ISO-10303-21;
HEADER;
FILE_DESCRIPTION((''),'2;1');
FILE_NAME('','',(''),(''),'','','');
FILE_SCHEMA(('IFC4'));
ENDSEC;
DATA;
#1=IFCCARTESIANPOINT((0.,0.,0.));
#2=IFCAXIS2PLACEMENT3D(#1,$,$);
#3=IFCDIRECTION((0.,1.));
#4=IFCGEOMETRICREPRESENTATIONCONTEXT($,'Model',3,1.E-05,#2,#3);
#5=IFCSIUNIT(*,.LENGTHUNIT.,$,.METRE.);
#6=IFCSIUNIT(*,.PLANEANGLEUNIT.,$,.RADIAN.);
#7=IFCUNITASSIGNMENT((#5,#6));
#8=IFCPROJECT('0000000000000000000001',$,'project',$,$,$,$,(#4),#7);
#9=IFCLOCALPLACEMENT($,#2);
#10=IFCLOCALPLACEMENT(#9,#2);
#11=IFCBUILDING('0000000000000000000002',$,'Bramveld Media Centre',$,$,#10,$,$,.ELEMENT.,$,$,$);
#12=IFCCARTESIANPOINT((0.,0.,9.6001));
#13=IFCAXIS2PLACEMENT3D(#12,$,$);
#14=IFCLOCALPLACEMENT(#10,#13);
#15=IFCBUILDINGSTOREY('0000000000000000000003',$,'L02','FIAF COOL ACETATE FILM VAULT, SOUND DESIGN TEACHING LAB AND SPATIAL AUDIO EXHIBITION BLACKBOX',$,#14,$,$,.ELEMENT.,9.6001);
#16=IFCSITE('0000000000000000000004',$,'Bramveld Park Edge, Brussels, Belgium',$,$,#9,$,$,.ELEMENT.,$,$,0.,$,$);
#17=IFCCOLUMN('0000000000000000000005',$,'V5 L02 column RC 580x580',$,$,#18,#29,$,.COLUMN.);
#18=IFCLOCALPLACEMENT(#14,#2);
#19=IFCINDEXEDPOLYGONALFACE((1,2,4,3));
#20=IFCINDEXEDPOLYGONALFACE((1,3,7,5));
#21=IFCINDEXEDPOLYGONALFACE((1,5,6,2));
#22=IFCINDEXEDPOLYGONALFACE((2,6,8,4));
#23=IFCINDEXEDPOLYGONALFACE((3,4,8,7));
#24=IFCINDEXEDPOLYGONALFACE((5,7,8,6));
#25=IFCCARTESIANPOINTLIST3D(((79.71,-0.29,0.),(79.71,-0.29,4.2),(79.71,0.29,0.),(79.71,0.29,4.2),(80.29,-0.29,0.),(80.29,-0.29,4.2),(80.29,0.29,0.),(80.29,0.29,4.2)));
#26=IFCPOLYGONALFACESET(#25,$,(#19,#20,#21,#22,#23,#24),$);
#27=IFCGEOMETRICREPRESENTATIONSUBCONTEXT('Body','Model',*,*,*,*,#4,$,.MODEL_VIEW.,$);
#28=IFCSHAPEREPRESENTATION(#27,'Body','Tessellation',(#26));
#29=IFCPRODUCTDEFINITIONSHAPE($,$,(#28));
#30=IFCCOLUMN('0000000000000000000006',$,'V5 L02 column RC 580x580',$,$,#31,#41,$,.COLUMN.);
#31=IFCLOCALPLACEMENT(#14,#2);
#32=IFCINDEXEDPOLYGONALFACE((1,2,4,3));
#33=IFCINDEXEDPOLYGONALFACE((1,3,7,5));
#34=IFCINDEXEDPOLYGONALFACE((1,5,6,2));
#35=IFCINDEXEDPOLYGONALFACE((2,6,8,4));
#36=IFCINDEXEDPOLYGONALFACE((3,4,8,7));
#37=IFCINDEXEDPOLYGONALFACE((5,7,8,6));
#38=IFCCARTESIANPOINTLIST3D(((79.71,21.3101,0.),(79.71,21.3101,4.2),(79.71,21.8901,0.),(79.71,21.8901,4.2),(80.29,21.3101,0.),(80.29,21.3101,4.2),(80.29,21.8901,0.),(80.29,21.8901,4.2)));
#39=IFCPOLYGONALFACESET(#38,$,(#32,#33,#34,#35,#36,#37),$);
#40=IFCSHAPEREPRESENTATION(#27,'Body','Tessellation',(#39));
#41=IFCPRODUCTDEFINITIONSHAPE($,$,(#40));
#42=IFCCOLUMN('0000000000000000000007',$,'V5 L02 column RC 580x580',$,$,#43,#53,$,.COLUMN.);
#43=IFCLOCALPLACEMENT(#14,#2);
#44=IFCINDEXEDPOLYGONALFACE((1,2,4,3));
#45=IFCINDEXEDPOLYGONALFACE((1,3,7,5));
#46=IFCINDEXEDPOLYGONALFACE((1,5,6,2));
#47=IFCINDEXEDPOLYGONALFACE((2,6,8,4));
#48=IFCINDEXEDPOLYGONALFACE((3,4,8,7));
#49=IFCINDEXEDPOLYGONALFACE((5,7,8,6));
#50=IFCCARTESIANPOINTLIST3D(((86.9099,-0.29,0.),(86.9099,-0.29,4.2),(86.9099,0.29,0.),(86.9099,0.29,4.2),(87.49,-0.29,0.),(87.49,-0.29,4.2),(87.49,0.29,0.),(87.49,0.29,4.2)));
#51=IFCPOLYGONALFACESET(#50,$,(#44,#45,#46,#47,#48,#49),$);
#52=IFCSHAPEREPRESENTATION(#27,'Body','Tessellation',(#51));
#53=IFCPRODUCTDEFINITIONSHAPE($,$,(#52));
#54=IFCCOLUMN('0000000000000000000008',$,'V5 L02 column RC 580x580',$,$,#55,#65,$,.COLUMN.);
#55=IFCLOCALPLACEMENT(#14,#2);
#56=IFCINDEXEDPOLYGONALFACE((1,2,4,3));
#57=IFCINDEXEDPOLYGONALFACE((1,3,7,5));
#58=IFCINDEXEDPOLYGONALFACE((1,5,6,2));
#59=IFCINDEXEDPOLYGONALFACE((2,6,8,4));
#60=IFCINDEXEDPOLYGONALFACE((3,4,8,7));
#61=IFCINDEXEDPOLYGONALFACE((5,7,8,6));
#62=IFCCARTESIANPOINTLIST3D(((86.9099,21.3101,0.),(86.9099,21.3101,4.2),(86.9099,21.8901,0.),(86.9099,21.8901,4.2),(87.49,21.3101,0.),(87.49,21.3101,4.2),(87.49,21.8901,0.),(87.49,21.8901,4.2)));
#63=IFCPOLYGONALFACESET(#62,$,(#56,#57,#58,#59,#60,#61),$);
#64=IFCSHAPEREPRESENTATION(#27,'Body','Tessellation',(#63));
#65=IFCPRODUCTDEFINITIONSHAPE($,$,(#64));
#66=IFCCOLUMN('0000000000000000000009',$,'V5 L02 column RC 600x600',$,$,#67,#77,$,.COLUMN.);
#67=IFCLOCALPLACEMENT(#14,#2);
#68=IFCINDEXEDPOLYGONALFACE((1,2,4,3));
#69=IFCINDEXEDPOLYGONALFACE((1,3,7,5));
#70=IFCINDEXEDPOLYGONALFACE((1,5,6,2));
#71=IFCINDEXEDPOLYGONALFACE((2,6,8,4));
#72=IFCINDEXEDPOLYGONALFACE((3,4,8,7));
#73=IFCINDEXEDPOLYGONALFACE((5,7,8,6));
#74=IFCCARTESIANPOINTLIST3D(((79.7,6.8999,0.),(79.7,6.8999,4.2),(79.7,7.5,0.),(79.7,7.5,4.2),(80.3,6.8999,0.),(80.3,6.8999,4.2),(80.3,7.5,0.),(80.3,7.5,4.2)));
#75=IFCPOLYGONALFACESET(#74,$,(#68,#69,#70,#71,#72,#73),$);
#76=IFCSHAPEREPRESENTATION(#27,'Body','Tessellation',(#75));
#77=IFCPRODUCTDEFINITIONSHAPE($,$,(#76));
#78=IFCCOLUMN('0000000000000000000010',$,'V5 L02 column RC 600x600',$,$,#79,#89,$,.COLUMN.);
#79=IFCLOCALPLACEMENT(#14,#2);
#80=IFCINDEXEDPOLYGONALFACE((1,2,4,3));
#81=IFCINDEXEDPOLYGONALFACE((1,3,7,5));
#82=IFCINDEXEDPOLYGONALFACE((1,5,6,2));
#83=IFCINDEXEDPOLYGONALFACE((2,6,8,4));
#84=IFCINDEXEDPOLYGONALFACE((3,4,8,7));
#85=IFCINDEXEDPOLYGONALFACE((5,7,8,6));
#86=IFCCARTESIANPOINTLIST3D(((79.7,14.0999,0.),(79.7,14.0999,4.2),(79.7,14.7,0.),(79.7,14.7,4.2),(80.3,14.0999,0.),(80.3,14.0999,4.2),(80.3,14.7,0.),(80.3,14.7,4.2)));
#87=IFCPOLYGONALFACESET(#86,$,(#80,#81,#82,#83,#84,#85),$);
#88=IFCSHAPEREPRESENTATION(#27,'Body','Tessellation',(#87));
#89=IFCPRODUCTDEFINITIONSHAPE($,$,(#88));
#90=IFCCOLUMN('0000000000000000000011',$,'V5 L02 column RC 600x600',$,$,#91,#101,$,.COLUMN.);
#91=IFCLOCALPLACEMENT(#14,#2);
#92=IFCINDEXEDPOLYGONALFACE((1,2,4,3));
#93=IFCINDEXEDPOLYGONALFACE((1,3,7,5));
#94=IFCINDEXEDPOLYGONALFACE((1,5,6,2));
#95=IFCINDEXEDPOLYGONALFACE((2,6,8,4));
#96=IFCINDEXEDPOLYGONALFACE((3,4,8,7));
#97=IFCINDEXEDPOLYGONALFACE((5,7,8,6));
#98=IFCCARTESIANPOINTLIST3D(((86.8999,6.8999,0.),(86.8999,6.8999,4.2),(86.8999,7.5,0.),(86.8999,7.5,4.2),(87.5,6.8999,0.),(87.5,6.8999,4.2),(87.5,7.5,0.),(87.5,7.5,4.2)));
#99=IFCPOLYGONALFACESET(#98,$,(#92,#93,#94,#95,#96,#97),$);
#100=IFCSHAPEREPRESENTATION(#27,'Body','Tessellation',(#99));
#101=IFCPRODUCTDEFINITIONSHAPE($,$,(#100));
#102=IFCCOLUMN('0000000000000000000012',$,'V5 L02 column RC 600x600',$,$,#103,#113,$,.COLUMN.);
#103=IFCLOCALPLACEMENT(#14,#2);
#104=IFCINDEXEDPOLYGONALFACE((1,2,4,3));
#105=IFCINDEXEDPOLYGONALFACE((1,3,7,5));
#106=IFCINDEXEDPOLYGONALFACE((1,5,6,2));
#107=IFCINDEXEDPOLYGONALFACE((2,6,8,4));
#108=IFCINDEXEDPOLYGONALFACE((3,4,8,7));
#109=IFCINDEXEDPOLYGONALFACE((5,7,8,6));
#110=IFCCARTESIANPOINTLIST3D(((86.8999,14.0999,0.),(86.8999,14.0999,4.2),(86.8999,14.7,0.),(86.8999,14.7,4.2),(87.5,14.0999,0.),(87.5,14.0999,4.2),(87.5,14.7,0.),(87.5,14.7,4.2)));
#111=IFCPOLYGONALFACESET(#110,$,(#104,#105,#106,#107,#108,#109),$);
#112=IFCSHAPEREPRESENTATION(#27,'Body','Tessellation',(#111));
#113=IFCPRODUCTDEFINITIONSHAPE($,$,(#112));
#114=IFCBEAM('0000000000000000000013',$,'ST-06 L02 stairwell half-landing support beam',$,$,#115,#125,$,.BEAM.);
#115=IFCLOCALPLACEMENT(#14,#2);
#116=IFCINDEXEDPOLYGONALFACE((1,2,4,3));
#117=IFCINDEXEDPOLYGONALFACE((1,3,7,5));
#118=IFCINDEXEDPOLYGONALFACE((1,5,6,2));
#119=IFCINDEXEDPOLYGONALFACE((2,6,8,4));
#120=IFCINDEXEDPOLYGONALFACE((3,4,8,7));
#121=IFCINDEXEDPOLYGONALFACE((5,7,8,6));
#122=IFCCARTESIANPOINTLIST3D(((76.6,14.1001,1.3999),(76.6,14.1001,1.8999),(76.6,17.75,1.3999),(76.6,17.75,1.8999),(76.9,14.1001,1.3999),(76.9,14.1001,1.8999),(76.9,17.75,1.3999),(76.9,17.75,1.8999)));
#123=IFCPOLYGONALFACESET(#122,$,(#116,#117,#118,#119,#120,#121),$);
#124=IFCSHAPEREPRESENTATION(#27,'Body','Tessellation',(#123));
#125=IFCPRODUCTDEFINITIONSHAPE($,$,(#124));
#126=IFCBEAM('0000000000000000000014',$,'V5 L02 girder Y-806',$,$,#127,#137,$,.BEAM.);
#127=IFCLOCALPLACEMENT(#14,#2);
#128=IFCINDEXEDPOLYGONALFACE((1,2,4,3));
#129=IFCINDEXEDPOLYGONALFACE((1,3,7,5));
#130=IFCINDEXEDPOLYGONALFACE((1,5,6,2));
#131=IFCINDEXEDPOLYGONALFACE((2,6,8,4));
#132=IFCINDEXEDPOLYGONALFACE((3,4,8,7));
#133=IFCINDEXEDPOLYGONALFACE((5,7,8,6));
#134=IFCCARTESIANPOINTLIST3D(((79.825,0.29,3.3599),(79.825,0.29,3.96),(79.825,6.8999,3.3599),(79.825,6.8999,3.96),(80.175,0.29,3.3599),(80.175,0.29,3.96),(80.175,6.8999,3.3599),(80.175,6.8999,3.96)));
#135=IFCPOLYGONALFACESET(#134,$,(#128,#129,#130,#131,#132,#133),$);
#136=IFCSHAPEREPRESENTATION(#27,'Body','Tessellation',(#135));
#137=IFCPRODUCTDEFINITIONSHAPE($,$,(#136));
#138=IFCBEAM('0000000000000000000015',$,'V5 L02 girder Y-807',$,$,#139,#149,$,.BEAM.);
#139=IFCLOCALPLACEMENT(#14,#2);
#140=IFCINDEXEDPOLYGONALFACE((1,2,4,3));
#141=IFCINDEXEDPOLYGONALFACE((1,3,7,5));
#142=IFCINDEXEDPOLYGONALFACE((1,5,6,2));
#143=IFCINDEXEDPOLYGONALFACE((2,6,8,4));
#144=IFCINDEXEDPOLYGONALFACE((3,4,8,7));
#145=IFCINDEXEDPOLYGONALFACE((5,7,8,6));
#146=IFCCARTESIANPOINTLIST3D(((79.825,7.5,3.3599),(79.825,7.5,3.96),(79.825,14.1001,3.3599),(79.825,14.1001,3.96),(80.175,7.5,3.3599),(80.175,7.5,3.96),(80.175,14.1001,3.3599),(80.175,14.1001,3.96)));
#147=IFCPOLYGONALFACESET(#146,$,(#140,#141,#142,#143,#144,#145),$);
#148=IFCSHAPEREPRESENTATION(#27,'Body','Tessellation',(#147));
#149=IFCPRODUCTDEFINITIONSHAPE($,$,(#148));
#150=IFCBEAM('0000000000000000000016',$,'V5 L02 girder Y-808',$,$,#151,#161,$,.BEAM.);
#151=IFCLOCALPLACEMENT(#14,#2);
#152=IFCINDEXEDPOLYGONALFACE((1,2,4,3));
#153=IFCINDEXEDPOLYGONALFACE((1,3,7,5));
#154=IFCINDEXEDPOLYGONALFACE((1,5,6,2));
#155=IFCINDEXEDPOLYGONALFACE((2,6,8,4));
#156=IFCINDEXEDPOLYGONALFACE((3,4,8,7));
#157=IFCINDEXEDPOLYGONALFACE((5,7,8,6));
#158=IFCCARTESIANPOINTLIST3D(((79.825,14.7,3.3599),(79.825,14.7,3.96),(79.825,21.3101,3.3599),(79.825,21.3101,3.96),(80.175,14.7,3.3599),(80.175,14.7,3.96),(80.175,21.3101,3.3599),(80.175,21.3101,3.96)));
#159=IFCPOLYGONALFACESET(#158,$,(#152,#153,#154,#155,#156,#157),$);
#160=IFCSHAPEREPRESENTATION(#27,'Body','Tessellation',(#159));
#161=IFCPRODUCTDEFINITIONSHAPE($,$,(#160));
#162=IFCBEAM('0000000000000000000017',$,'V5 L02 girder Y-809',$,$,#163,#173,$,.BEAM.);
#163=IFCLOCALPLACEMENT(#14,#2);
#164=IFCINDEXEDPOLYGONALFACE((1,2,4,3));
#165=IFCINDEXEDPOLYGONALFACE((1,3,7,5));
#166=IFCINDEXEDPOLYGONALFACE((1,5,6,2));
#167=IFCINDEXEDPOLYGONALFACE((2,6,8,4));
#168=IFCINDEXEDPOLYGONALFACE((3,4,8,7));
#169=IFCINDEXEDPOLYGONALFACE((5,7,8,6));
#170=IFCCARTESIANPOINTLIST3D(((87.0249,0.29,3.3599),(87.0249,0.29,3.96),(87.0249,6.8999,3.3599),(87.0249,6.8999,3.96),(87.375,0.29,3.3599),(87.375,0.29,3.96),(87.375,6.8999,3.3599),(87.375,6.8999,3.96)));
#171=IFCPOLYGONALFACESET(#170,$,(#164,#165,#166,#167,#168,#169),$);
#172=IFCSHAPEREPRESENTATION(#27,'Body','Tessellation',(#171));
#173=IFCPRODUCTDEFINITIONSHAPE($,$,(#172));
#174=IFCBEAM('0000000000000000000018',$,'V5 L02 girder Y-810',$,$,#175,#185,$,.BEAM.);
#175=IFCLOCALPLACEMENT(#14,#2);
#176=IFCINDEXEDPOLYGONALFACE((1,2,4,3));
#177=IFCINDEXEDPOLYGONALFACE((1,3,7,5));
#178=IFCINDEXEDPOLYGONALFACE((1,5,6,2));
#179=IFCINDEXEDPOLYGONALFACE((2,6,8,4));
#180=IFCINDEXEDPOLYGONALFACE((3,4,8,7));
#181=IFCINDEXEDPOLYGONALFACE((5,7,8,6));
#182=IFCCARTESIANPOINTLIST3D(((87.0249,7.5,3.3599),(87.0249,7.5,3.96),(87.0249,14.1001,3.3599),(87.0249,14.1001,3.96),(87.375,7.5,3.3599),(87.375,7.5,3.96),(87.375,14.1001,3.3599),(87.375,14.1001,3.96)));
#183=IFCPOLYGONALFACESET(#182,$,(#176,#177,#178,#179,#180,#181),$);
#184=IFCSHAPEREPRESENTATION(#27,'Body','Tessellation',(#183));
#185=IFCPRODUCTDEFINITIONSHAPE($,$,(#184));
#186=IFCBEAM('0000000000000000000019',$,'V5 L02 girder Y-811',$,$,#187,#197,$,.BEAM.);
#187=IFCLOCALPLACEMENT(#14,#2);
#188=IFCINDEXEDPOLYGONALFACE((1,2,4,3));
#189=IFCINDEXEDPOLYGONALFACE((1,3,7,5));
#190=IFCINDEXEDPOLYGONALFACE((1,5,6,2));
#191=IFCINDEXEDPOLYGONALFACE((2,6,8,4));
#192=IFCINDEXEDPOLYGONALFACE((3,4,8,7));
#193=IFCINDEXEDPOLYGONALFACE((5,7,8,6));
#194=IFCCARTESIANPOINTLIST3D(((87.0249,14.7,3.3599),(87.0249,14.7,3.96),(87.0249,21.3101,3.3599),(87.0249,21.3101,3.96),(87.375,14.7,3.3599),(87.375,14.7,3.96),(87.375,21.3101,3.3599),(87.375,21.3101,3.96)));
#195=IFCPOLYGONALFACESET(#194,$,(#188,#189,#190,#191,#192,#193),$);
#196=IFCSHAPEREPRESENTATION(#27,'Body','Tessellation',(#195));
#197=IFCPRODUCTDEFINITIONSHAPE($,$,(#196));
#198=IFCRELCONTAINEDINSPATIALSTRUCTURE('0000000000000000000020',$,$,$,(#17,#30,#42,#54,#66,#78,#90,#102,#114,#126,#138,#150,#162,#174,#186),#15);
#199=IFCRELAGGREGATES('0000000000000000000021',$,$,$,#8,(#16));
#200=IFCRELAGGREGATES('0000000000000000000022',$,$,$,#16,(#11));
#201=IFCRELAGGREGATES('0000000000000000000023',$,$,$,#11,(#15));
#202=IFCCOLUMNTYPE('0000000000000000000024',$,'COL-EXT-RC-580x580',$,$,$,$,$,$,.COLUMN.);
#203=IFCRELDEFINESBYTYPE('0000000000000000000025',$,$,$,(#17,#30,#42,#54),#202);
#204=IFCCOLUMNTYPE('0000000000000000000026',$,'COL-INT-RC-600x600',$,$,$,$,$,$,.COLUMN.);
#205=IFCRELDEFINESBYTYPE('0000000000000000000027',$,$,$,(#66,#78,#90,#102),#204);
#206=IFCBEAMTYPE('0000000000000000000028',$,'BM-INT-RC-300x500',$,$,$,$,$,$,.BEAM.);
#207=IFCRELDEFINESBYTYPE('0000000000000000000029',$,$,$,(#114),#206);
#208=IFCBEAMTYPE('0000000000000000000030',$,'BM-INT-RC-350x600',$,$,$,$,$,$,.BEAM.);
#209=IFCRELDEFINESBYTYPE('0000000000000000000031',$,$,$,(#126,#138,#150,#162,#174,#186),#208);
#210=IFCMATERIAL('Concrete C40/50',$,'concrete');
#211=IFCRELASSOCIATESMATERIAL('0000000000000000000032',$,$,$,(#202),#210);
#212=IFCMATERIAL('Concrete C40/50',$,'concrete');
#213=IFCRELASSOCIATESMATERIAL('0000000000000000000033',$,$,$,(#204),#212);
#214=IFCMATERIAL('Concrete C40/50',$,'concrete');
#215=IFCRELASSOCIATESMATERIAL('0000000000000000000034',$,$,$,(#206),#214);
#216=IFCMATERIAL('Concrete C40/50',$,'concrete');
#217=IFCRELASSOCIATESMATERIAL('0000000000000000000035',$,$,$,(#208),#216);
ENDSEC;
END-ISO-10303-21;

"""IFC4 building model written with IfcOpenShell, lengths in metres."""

from ifc_helpers import new_model, si_unit, direction, frame, origin, origin_2d, place, context, subcontext, project, spatial, rectangle, extrude, material, material_profile, profile_set, type_object, element, save


model = new_model("IFC4")

# Units and contexts
model_context = context("Model", 3, precision=1e-05, world=origin(), true_north=direction((0.0, 1.0)))
body_context = subcontext(model_context, "Body", "Model", "MODEL_VIEW")
ifc_project = project(units=[si_unit("LENGTHUNIT", "METRE"), si_unit("PLANEANGLEUNIT", "RADIAN")], contexts=[model_context])

# Site, building, storey
site_placement = place(None, origin())
site = spatial("IfcSite", under=ifc_project, at=site_placement, Name="Bramveld Park Edge, Brussels, Belgium", CompositionType="ELEMENT", RefElevation=0.0)
building_placement = place(site_placement, origin())
building = spatial("IfcBuilding", under=site, at=building_placement, Name="Bramveld Media Centre", CompositionType="ELEMENT")
storey_placement = place(building_placement, frame((0.0, 0.0, 9.6001)))
storey = spatial("IfcBuildingStorey", under=building, at=storey_placement, Name="L02", Description="FIAF COOL ACETATE FILM VAULT, SOUND DESIGN TEACHING LAB AND SPATIAL AUDIO EXHIBITION BLACKBOX", CompositionType="ELEMENT", Elevation=9.6001)

# Columns
ifc_material_1 = material(Name="Concrete C40/50", Category="concrete")
ifc_material_profile_1 = material_profile(ifc_material_1, rectangle(XDim=0.5801, YDim=0.5801, at=origin_2d()), Name="RC 580x580")
ifc_profile_set_1 = profile_set([ifc_material_profile_1], Name="Concrete C40/50")
column_type_1 = type_object("IfcColumnType", Name="COL-EXT-RC-580x580", PredefinedType="COLUMN", material=ifc_profile_set_1)
for number, where, z_axis, x_axis, name in (
    (1, (80.0, 0.0, 0.0), (0.0, 0.0, 1.0), (1.0, 0.0, 0.0), "V5 L02 column RC 580x580"),
    (2, (80.0, 21.6001, 0.0), (0.0, 0.0, 1.0), (1.0, 0.0, 0.0), "V5 L02 column RC 580x580"),
    (3, (87.2, 0.0, 0.0), (0.0, 0.0, 1.0), (1.0, 0.0, 0.0), "V5 L02 column RC 580x580"),
    (4, (87.2, 21.6001, 0.0), (0.0, 0.0, 1.0), (1.0, 0.0, 0.0), "V5 L02 column RC 580x580"),
):
    element("IfcColumn", number, at=place(storey_placement, frame(where, z_axis=z_axis, x_axis=x_axis)), inside=storey, type_object=column_type_1, Name=name, PredefinedType="COLUMN", context=body_context, shape_type="SweptSolid", body=[
        extrude(rectangle(XDim=0.5801, YDim=0.5801, at=origin_2d()), origin(), (0.0, 0.0, 1.0), 4.2),
    ])
ifc_material_2 = material(Name="Concrete C40/50", Category="concrete")
ifc_material_profile_2 = material_profile(ifc_material_2, rectangle(XDim=0.6001, YDim=0.6001, at=origin_2d()), Name="RC 600x600")
ifc_profile_set_2 = profile_set([ifc_material_profile_2], Name="Concrete C40/50")
column_type_2 = type_object("IfcColumnType", Name="COL-INT-RC-600x600", PredefinedType="COLUMN", material=ifc_profile_set_2)
for number, where, z_axis, x_axis, name in (
    (5, (80.0, 7.2, 0.0), (0.0, 0.0, 1.0), (1.0, 0.0, 0.0), "V5 L02 column RC 600x600"),
    (6, (80.0, 14.3999, 0.0), (0.0, 0.0, 1.0), (1.0, 0.0, 0.0), "V5 L02 column RC 600x600"),
    (7, (87.2, 7.2, 0.0), (0.0, 0.0, 1.0), (1.0, 0.0, 0.0), "V5 L02 column RC 600x600"),
    (8, (87.2, 14.3999, 0.0), (0.0, 0.0, 1.0), (1.0, 0.0, 0.0), "V5 L02 column RC 600x600"),
):
    element("IfcColumn", number, at=place(storey_placement, frame(where, z_axis=z_axis, x_axis=x_axis)), inside=storey, type_object=column_type_2, Name=name, PredefinedType="COLUMN", context=body_context, shape_type="SweptSolid", body=[
        extrude(rectangle(XDim=0.6001, YDim=0.6001, at=origin_2d()), origin(), (0.0, 0.0, 1.0), 4.2),
    ])

# Beams
ifc_material_3 = material(Name="Concrete C40/50", Category="concrete")
ifc_material_profile_3 = material_profile(ifc_material_3, rectangle(XDim=0.3, YDim=0.5, at=origin_2d()), Name="RC 300x500")
ifc_profile_set_3 = profile_set([ifc_material_profile_3], Name="Concrete C40/50")
beam_type_1 = type_object("IfcBeamType", Name="BM-INT-RC-300x500", PredefinedType="BEAM", material=ifc_profile_set_3)
beam_1_placement = place(storey_placement, frame((76.75, 14.1001, 1.6499), z_axis=(0.0, 1.0, 0.0), x_axis=(-1.0, 0.0, 0.0)))
element("IfcBeam", 9, at=beam_1_placement, inside=storey, type_object=beam_type_1, Name="ST-06 L02 stairwell half-landing support beam", PredefinedType="BEAM", context=body_context, shape_type="SweptSolid", body=[
    extrude(rectangle(XDim=0.3, YDim=0.5, at=origin_2d()), origin(), (0.0, 0.0, 1.0), 3.6499),
])
ifc_material_4 = material(Name="Concrete C40/50", Category="concrete")
ifc_material_profile_4 = material_profile(ifc_material_4, rectangle(XDim=0.3501, YDim=0.6001, at=origin_2d()), Name="RC 350x600")
ifc_profile_set_4 = profile_set([ifc_material_profile_4], Name="Concrete C40/50")
beam_type_2 = type_object("IfcBeamType", Name="BM-INT-RC-350x600", PredefinedType="BEAM", material=ifc_profile_set_4)
beam_2_placement = place(storey_placement, frame((80.0, 0.29, 3.6599), z_axis=(0.0, 1.0, 0.0), x_axis=(-1.0, 0.0, 0.0)))
element("IfcBeam", 10, at=beam_2_placement, inside=storey, type_object=beam_type_2, Name="V5 L02 girder Y-806", PredefinedType="BEAM", context=body_context, shape_type="SweptSolid", body=[
    extrude(rectangle(XDim=0.3501, YDim=0.6001, at=origin_2d()), origin(), (0.0, 0.0, 1.0), 6.6099),
])
beam_3_placement = place(storey_placement, frame((80.0, 7.5, 3.6599), z_axis=(0.0, 1.0, 0.0), x_axis=(-1.0, 0.0, 0.0)))
element("IfcBeam", 11, at=beam_3_placement, inside=storey, type_object=beam_type_2, Name="V5 L02 girder Y-807", PredefinedType="BEAM", context=body_context, shape_type="SweptSolid", body=[
    extrude(rectangle(XDim=0.3501, YDim=0.6001, at=origin_2d()), origin(), (0.0, 0.0, 1.0), 6.6001),
])
beam_4_placement = place(storey_placement, frame((80.0, 14.7, 3.6599), z_axis=(0.0, 1.0, 0.0), x_axis=(-1.0, 0.0, 0.0)))
element("IfcBeam", 12, at=beam_4_placement, inside=storey, type_object=beam_type_2, Name="V5 L02 girder Y-808", PredefinedType="BEAM", context=body_context, shape_type="SweptSolid", body=[
    extrude(rectangle(XDim=0.3501, YDim=0.6001, at=origin_2d()), origin(), (0.0, 0.0, 1.0), 6.6101),
])
beam_5_placement = place(storey_placement, frame((87.2, 0.29, 3.6599), z_axis=(0.0, 1.0, 0.0), x_axis=(-1.0, 0.0, 0.0)))
element("IfcBeam", 13, at=beam_5_placement, inside=storey, type_object=beam_type_2, Name="V5 L02 girder Y-809", PredefinedType="BEAM", context=body_context, shape_type="SweptSolid", body=[
    extrude(rectangle(XDim=0.3501, YDim=0.6001, at=origin_2d()), origin(), (0.0, 0.0, 1.0), 6.6099),
])
beam_6_placement = place(storey_placement, frame((87.2, 7.5, 3.6599), z_axis=(0.0, 1.0, 0.0), x_axis=(-1.0, 0.0, 0.0)))
element("IfcBeam", 14, at=beam_6_placement, inside=storey, type_object=beam_type_2, Name="V5 L02 girder Y-810", PredefinedType="BEAM", context=body_context, shape_type="SweptSolid", body=[
    extrude(rectangle(XDim=0.3501, YDim=0.6001, at=origin_2d()), origin(), (0.0, 0.0, 1.0), 6.6001),
])
beam_7_placement = place(storey_placement, frame((87.2, 14.7, 3.6599), z_axis=(0.0, 1.0, 0.0), x_axis=(-1.0, 0.0, 0.0)))
element("IfcBeam", 15, at=beam_7_placement, inside=storey, type_object=beam_type_2, Name="V5 L02 girder Y-811", PredefinedType="BEAM", context=body_context, shape_type="SweptSolid", body=[
    extrude(rectangle(XDim=0.3501, YDim=0.6001, at=origin_2d()), origin(), (0.0, 0.0, 1.0), 6.6101),
])

save(model, "model.ifc")
